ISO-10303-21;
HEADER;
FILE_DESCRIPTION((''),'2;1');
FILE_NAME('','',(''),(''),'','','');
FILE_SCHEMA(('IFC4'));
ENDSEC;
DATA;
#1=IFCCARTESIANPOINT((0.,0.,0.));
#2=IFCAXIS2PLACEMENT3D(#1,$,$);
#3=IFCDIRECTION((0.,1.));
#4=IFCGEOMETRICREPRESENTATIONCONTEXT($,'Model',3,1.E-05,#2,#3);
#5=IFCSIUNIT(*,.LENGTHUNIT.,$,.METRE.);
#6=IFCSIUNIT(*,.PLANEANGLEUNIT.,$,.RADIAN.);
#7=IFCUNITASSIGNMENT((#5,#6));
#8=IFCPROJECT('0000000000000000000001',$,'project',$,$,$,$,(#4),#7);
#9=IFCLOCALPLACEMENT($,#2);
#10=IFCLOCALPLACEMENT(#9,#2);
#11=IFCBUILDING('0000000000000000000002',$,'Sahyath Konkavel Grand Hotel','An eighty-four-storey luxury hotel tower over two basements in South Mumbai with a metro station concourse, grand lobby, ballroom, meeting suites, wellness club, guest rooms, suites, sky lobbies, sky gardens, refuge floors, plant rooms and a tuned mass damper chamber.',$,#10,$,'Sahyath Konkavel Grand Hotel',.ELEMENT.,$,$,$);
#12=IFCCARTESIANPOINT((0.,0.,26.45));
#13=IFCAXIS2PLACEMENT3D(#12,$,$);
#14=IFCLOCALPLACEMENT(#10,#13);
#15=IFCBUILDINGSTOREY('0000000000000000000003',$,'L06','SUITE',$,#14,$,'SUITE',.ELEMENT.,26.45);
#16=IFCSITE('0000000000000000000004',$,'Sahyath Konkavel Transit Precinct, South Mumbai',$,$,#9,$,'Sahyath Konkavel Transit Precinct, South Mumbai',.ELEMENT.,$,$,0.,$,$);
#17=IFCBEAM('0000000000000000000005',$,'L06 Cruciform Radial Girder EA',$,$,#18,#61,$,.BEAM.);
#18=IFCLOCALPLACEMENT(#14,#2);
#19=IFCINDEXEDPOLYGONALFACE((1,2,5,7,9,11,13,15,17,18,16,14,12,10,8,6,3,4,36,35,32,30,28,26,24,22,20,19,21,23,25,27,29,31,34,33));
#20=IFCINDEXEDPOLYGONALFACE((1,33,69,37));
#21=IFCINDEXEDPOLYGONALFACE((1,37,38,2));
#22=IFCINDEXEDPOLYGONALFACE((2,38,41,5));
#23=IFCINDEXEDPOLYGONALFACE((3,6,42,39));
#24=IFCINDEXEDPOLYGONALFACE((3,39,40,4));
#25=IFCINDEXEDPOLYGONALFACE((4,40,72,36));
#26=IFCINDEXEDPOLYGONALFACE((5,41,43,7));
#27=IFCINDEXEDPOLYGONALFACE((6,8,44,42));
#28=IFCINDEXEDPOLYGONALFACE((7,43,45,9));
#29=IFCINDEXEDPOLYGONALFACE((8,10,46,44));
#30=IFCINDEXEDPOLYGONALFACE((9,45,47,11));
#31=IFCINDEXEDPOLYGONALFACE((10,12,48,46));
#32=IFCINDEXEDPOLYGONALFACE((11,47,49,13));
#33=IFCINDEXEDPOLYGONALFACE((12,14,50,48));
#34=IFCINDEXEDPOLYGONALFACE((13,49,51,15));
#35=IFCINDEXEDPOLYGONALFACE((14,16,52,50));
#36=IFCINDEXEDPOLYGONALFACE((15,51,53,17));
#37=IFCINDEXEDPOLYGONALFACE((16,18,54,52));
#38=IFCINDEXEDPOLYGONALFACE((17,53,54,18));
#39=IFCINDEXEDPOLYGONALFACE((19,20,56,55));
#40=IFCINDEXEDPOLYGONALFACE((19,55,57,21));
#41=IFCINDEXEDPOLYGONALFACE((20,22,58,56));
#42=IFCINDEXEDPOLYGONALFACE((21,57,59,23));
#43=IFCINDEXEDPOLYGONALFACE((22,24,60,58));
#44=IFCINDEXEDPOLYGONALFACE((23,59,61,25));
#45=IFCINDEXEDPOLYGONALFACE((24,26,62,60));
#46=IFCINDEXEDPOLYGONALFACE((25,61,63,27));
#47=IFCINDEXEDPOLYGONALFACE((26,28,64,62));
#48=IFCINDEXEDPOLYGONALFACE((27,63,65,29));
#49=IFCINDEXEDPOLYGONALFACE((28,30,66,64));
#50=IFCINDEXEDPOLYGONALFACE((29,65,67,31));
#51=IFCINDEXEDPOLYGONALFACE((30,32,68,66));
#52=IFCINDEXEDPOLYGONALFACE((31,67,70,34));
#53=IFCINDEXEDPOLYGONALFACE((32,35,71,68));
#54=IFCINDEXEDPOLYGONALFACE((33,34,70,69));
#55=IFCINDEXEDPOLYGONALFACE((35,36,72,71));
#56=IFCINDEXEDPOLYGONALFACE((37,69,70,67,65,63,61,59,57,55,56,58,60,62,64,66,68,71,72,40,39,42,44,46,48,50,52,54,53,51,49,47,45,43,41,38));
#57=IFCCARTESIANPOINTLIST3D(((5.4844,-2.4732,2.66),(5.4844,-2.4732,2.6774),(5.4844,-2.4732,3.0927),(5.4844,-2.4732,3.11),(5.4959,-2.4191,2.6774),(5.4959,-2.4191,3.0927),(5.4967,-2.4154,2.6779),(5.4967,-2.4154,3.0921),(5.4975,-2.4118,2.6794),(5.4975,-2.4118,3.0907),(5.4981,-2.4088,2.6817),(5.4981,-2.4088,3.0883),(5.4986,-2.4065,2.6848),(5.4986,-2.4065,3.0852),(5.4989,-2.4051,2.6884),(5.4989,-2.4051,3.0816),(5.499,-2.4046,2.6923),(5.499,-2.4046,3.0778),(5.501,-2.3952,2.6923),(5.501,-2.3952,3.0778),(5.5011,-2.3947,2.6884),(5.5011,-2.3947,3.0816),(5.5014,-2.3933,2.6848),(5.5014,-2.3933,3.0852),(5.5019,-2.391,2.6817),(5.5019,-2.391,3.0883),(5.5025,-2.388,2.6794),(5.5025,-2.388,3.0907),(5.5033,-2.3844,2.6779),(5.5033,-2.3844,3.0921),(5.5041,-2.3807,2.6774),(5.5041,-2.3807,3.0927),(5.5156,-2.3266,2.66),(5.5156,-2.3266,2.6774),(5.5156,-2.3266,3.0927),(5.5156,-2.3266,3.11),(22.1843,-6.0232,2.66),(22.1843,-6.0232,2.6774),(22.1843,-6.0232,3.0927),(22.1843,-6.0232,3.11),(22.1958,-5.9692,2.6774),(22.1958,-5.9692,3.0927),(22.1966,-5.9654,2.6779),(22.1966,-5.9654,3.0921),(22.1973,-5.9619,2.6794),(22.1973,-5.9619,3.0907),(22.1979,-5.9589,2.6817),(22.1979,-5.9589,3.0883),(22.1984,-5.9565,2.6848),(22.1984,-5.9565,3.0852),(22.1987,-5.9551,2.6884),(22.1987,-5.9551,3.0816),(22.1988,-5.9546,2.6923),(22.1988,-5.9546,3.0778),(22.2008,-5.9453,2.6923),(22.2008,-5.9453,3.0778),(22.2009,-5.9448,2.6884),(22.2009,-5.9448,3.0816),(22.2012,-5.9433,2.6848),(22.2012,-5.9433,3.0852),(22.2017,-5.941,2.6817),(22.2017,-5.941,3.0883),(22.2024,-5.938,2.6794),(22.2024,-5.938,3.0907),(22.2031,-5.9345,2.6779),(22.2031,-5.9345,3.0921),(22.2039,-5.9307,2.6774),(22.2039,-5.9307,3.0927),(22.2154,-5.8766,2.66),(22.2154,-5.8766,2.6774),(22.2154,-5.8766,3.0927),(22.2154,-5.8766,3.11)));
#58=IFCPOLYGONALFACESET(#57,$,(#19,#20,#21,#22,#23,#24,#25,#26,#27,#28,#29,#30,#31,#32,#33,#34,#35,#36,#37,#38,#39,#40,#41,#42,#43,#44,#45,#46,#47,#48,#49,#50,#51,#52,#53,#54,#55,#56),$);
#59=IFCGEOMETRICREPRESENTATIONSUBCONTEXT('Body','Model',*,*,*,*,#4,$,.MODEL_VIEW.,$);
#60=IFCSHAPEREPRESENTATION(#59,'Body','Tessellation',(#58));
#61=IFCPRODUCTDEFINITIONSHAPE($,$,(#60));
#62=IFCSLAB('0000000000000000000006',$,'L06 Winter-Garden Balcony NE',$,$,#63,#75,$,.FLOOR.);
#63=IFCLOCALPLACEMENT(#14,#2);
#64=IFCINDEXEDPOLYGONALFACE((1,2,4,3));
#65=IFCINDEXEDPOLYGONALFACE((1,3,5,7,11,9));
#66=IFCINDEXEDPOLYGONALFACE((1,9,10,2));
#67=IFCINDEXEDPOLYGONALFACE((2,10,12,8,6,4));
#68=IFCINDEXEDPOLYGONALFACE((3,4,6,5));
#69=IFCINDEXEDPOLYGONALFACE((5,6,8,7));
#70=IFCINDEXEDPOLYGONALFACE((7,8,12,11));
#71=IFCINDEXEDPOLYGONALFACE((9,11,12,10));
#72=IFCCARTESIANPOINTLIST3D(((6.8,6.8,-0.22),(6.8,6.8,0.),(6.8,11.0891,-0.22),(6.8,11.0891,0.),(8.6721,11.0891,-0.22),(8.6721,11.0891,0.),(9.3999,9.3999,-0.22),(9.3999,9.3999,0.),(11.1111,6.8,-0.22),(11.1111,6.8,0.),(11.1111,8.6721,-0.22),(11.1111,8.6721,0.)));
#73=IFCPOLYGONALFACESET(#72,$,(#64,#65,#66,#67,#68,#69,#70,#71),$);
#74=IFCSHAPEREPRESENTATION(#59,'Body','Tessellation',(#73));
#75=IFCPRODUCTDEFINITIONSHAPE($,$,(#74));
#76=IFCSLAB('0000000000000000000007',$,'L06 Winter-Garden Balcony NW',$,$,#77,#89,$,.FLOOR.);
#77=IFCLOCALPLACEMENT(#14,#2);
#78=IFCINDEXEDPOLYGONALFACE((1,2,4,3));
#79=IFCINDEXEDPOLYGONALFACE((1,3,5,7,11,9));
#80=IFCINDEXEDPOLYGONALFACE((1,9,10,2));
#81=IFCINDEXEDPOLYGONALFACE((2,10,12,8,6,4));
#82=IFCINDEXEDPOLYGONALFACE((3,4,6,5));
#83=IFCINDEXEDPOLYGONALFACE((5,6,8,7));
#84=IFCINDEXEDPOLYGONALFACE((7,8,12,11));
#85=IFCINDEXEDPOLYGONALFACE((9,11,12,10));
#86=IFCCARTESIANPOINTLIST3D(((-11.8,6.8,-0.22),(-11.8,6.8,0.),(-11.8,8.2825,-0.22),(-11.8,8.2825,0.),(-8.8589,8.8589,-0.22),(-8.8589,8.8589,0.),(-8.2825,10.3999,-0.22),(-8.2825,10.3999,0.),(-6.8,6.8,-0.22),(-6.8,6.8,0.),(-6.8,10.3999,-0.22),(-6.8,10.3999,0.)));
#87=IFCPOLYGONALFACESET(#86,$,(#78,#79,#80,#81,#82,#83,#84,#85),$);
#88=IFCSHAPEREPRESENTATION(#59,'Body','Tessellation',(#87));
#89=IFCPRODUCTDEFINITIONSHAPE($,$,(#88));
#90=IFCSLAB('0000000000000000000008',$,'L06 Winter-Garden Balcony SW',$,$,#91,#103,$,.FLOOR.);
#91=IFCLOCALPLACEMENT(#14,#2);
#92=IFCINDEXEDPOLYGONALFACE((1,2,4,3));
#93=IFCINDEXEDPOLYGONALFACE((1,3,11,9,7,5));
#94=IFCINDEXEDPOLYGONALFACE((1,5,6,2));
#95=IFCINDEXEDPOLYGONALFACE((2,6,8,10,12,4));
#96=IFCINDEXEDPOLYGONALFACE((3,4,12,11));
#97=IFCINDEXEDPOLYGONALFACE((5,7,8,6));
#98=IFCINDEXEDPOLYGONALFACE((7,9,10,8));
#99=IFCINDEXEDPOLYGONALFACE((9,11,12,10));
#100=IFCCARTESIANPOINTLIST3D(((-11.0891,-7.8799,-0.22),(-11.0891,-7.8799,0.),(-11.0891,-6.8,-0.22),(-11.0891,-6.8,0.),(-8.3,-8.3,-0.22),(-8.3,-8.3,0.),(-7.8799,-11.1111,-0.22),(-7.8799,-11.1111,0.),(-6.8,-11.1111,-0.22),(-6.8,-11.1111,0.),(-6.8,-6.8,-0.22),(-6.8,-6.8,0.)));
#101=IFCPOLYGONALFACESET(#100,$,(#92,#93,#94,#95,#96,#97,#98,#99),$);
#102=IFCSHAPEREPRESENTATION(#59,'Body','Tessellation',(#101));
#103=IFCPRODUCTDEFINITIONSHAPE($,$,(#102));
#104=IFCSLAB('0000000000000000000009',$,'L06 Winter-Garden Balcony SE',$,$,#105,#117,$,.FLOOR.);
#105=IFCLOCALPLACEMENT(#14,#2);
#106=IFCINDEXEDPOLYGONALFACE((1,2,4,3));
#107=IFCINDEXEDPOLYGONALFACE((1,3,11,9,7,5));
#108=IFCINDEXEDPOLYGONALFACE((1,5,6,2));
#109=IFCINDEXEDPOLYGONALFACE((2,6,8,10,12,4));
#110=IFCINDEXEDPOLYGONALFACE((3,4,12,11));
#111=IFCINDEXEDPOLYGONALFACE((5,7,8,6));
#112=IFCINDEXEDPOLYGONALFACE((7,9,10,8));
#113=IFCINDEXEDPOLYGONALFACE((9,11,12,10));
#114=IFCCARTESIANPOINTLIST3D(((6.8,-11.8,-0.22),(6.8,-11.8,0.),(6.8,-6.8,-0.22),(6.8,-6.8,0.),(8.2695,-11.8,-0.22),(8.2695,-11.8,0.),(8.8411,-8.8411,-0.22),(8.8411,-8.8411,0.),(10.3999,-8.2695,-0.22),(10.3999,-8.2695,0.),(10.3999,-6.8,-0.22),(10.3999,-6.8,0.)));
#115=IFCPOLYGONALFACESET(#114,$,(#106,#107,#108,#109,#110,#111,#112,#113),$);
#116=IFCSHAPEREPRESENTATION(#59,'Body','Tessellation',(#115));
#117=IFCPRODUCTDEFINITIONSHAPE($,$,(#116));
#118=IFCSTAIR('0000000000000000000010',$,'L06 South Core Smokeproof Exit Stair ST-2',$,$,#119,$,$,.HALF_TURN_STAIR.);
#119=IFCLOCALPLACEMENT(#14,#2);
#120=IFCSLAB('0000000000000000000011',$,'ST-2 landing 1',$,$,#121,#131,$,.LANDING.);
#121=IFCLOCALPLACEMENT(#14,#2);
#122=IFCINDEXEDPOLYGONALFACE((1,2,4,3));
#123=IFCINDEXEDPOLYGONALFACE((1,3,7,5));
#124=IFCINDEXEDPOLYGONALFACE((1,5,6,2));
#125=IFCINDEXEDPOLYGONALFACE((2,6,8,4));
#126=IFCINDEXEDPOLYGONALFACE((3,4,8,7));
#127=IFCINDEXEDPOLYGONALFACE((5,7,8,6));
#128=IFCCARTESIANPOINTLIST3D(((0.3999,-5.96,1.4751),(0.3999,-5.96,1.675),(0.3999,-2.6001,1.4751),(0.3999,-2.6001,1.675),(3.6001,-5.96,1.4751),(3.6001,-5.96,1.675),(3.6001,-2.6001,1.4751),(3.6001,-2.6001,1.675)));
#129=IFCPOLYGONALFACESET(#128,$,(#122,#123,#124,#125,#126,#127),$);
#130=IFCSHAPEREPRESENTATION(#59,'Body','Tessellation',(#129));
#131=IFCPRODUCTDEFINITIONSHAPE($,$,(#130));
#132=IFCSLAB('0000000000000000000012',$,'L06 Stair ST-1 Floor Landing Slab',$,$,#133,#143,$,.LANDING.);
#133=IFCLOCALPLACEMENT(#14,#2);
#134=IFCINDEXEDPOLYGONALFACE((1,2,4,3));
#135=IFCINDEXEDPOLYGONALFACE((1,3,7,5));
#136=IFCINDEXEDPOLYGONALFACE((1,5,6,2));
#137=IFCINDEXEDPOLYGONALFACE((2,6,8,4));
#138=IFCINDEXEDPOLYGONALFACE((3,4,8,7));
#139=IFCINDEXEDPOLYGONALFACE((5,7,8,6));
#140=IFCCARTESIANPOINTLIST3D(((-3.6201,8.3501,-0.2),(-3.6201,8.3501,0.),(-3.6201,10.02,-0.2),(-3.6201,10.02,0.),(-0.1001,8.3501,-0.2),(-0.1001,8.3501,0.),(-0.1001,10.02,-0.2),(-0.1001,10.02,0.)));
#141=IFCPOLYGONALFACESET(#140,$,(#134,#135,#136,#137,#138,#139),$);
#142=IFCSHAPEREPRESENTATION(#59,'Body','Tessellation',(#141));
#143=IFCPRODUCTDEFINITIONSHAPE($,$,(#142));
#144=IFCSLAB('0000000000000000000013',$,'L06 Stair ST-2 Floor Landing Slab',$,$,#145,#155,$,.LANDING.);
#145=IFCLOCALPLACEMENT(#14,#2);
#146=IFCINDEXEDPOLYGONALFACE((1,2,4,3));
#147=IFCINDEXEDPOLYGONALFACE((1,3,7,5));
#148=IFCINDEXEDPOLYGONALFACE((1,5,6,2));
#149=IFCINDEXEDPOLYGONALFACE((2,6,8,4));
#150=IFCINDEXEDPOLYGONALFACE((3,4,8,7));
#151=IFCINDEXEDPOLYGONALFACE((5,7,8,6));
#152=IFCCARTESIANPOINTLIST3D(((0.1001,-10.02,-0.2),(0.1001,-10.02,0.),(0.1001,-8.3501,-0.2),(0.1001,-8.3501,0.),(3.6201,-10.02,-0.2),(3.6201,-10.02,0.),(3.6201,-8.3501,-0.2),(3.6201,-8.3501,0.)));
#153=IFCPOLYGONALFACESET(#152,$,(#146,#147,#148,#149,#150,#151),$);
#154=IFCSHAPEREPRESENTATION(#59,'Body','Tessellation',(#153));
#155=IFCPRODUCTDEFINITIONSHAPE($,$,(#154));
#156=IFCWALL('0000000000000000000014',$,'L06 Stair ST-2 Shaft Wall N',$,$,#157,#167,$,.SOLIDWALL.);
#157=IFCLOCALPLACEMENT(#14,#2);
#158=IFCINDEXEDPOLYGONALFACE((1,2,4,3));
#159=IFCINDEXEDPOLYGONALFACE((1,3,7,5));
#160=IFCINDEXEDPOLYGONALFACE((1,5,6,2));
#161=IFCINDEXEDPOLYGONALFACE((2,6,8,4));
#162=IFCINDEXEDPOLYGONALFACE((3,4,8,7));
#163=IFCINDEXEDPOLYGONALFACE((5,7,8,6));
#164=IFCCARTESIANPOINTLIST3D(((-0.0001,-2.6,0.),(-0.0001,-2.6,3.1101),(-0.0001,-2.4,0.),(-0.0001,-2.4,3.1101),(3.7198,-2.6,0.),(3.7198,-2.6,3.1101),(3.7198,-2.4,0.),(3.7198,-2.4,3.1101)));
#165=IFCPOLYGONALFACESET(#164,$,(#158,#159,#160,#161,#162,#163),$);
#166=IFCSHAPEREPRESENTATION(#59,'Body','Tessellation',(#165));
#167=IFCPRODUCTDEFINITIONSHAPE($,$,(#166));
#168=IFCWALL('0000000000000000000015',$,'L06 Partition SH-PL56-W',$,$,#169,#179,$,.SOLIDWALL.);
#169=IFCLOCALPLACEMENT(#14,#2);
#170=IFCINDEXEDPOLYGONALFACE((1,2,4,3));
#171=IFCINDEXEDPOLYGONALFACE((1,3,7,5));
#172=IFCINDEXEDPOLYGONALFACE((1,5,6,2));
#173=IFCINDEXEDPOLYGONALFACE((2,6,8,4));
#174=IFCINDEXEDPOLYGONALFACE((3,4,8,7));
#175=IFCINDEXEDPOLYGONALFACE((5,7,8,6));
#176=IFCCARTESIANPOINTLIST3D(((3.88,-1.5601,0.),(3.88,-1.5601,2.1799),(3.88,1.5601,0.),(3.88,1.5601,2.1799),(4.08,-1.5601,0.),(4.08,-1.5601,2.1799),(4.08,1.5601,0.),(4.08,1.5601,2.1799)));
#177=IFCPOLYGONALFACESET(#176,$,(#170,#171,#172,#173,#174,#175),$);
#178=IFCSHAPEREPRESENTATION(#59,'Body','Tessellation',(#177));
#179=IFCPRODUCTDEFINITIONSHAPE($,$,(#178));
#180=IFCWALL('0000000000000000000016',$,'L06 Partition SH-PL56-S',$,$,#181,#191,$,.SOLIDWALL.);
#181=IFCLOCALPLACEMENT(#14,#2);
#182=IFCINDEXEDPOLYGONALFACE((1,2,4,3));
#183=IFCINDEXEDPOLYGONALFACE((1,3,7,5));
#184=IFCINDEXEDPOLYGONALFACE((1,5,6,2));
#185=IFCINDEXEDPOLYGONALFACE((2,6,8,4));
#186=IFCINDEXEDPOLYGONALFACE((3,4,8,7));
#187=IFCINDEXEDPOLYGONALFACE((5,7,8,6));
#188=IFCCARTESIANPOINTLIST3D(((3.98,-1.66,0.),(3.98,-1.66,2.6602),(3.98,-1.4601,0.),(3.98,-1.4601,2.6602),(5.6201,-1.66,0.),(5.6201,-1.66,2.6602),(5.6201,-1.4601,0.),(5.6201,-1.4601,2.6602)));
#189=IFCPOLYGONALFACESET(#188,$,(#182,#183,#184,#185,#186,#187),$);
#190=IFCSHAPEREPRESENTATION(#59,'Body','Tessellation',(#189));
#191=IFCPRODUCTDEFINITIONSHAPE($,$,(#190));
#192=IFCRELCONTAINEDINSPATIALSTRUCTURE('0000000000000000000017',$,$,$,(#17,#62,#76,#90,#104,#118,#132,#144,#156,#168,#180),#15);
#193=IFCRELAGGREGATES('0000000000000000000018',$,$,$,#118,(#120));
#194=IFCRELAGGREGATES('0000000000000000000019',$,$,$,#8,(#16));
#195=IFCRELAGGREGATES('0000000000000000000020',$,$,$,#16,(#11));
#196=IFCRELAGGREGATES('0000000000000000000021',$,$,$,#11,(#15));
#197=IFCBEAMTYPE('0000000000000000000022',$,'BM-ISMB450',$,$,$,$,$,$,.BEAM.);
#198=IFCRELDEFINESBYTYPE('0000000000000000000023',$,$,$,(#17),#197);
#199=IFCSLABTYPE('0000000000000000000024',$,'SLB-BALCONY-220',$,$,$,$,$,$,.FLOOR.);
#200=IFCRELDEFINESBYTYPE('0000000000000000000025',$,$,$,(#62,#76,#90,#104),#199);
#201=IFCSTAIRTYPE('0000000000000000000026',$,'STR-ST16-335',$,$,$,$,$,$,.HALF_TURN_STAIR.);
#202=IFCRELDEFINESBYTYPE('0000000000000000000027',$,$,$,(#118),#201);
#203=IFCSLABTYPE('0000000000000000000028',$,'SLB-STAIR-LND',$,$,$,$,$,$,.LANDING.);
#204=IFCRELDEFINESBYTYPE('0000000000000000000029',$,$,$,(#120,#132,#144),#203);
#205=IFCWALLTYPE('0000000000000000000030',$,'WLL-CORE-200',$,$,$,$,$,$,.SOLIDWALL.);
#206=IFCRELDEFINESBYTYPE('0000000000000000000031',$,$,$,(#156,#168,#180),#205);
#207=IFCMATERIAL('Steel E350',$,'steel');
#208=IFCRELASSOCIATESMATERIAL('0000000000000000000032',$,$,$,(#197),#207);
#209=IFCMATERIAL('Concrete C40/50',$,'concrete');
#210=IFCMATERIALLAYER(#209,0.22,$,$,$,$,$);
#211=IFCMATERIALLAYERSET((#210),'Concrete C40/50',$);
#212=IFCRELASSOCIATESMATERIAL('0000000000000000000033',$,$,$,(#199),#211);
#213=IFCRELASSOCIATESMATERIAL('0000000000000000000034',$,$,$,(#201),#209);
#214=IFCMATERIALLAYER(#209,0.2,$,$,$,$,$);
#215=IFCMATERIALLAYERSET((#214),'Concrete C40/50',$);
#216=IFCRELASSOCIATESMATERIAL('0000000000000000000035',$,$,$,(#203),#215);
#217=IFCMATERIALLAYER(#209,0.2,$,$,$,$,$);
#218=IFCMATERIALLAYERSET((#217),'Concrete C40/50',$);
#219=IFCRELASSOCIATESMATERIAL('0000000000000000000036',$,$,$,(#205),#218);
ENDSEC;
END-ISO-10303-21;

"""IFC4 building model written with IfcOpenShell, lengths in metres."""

from ifc_helpers import new_model, si_unit, direction, frame, frame_2d, origin, origin_2d, place, context, subcontext, project, spatial, polyline, rectangle, i_section, outline, extrude, source, transform, mapped, material, layer, layer_set, material_profile, profile_set, type_object, element, aggregate, save


model = new_model("IFC4")

# Units and contexts
model_context = context("Model", 3, precision=1e-05, world=origin(), true_north=direction((0.0, 1.0)))
body_context = subcontext(model_context, "Body", "Model", "MODEL_VIEW")
ifc_project = project(units=[si_unit("LENGTHUNIT", "METRE"), si_unit("PLANEANGLEUNIT", "RADIAN")], contexts=[model_context])

# Site, building, storey
site_placement = place(None, origin())
site = spatial("IfcSite", under=ifc_project, at=site_placement, Name="Sahyath Konkavel Transit Precinct, South Mumbai", LongName="Sahyath Konkavel Transit Precinct, South Mumbai", CompositionType="ELEMENT", RefElevation=0.0)
building_placement = place(site_placement, origin())
building = spatial("IfcBuilding", under=site, at=building_placement, Name="Sahyath Konkavel Grand Hotel", Description="An eighty-four-storey luxury hotel tower over two basements in South Mumbai with a metro station concourse, grand lobby, ballroom, meeting suites, wellness club, guest rooms, suites, sky lobbies, sky gardens, refuge floors, plant rooms and a tuned mass damper chamber.", LongName="Sahyath Konkavel Grand Hotel", CompositionType="ELEMENT")
storey_placement = place(building_placement, frame((0.0, 0.0, 26.45)))
storey = spatial("IfcBuildingStorey", under=building, at=storey_placement, Name="L06", Description="SUITE", LongName="SUITE", CompositionType="ELEMENT", Elevation=26.45)

# Beam
ifc_material_1 = material(Name="Steel E350", Category="steel")
ifc_material_profile_1 = material_profile(ifc_material_1, i_section(OverallWidth=0.1499, OverallDepth=0.45, WebThickness=0.0095, FlangeThickness=0.0173, FilletRadius=0.0149, at=origin_2d()), Name="ISMB 450")
ifc_profile_set_1 = profile_set([ifc_material_profile_1], Name="Steel E350")
beam_type_1 = type_object("IfcBeamType", Name="BM-ISMB450", PredefinedType="BEAM", material=ifc_profile_set_1)
shared_shape_1 = source(origin(), body_context, "Body", "SweptSolid", [
    extrude(i_section(OverallWidth=0.1499, OverallDepth=0.45, WebThickness=0.0095, FlangeThickness=0.0173, FilletRadius=0.0149, at=origin_2d()), origin(), (0.0, 0.0, 1.0), 17.073),
])
beam_1_placement = place(storey_placement, frame((5.5, -2.3999, 2.885), z_axis=(0.978143, -0.207932, 0.0), x_axis=(0.207932, 0.978143, 0.0)))
element("IfcBeam", 1, at=beam_1_placement, inside=storey, type_object=beam_type_1, Name="L06 Cruciform Radial Girder EA", PredefinedType="BEAM", context=body_context, shape_type="MappedRepresentation", body=[
    mapped(shared_shape_1, transform((0.0, 0.0, 0.0), scale=1.0)),
])

# Slabs
ifc_material_2 = material(Name="Concrete C40/50", Category="concrete")
ifc_layer_1 = layer(ifc_material_2, 0.22)
ifc_layer_set_1 = layer_set([ifc_layer_1], Name="Concrete C40/50")
slab_type_1 = type_object("IfcSlabType", Name="SLB-BALCONY-220", PredefinedType="FLOOR", material=ifc_layer_set_1)
slab_1_placement = place(storey_placement, frame((0.0, 0.0, -0.22)))
element("IfcSlab", 2, at=slab_1_placement, inside=storey, type_object=slab_type_1, Name="L06 Winter-Garden Balcony NE", PredefinedType="FLOOR", context=body_context, shape_type="SweptSolid", body=[
    extrude(outline(polyline([(6.8, 6.8), (11.1111, 6.8), (11.1111, 8.6721), (9.3999, 9.3999), (8.6721, 11.0891), (6.8, 11.0891), (6.8, 6.8)])), origin(), (0.0, 0.0, 1.0), 0.22),
])
slab_2_placement = place(storey_placement, frame((0.0, 0.0, -0.22)))
element("IfcSlab", 3, at=slab_2_placement, inside=storey, type_object=slab_type_1, Name="L06 Winter-Garden Balcony NW", PredefinedType="FLOOR", context=body_context, shape_type="SweptSolid", body=[
    extrude(outline(polyline([(-6.8, 6.8), (-6.8, 10.3999), (-8.2825, 10.3999), (-8.8589, 8.8589), (-11.8, 8.2825), (-11.8, 6.8), (-6.8, 6.8)])), origin(), (0.0, 0.0, 1.0), 0.22),
])
slab_3_placement = place(storey_placement, frame((0.0, 0.0, -0.22)))
element("IfcSlab", 4, at=slab_3_placement, inside=storey, type_object=slab_type_1, Name="L06 Winter-Garden Balcony SW", PredefinedType="FLOOR", context=body_context, shape_type="SweptSolid", body=[
    extrude(outline(polyline([(-6.8, -6.8), (-11.0891, -6.8), (-11.0891, -7.8799), (-8.3, -8.3), (-7.8799, -11.1111), (-6.8, -11.1111), (-6.8, -6.8)])), origin(), (0.0, 0.0, 1.0), 0.22),
])
slab_4_placement = place(storey_placement, frame((0.0, 0.0, -0.22)))
element("IfcSlab", 5, at=slab_4_placement, inside=storey, type_object=slab_type_1, Name="L06 Winter-Garden Balcony SE", PredefinedType="FLOOR", context=body_context, shape_type="SweptSolid", body=[
    extrude(outline(polyline([(6.8, -6.8), (6.8, -11.8), (8.2695, -11.8), (8.8411, -8.8411), (10.3999, -8.2695), (10.3999, -6.8), (6.8, -6.8)])), origin(), (0.0, 0.0, 1.0), 0.22),
])

# Stair, slab
stair_type = type_object("IfcStairType", Name="STR-ST16-335", PredefinedType="HALF_TURN_STAIR", material=ifc_material_2)
stair_placement = place(storey_placement, origin())
stair = element("IfcStair", 6, at=stair_placement, inside=storey, type_object=stair_type, Name="L06 South Core Smokeproof Exit Stair ST-2", PredefinedType="HALF_TURN_STAIR")
ifc_layer_2 = layer(ifc_material_2, 0.2)
ifc_layer_set_2 = layer_set([ifc_layer_2], Name="Concrete C40/50")
slab_type_2 = type_object("IfcSlabType", Name="SLB-STAIR-LND", PredefinedType="LANDING", material=ifc_layer_set_2)
slab_5_placement = place(storey_placement, frame((0.0, 0.0, 1.4751)))
slab_5 = element("IfcSlab", 7, at=slab_5_placement, type_object=slab_type_2, Name="ST-2 landing 1", PredefinedType="LANDING", context=body_context, shape_type="SweptSolid", body=[
    extrude(outline(polyline([(3.6001, -5.96), (3.6001, -2.6001), (0.3999, -2.6001), (0.3999, -5.96), (3.6001, -5.96)])), origin(), (0.0, 0.0, 1.0), 0.2),
])

# Slabs
slab_6_placement = place(storey_placement, frame((0.0, 0.0, -0.2)))
element("IfcSlab", 8, at=slab_6_placement, inside=storey, type_object=slab_type_2, Name="L06 Stair ST-1 Floor Landing Slab", PredefinedType="LANDING", context=body_context, shape_type="SweptSolid", body=[
    extrude(outline(polyline([(-3.6201, 8.3501), (-0.1001, 8.3501), (-0.1001, 10.02), (-3.6201, 10.02), (-3.6201, 8.3501)])), origin(), (0.0, 0.0, 1.0), 0.2),
])
slab_7_placement = place(storey_placement, frame((0.0, 0.0, -0.2)))
element("IfcSlab", 9, at=slab_7_placement, inside=storey, type_object=slab_type_2, Name="L06 Stair ST-2 Floor Landing Slab", PredefinedType="LANDING", context=body_context, shape_type="SweptSolid", body=[
    extrude(outline(polyline([(0.1001, -10.02), (3.6201, -10.02), (3.6201, -8.3501), (0.1001, -8.3501), (0.1001, -10.02)])), origin(), (0.0, 0.0, 1.0), 0.2),
])

# Walls
ifc_layer_3 = layer(ifc_material_2, 0.2)
ifc_layer_set_3 = layer_set([ifc_layer_3], Name="Concrete C40/50")
wall_type_1 = type_object("IfcWallType", Name="WLL-CORE-200", PredefinedType="SOLIDWALL", material=ifc_layer_set_3)
wall_1_placement = place(storey_placement, frame((0.0, -2.5, 0.0), z_axis=(0.0, 0.0, 1.0), x_axis=(1.0, 0.0, 0.0)))
element("IfcWall", 10, at=wall_1_placement, inside=storey, type_object=wall_type_1, Name="L06 Stair ST-2 Shaft Wall N", PredefinedType="SOLIDWALL", context=body_context, shape_type="SweptSolid", body=[
    extrude(rectangle(XDim=3.72, YDim=0.2, at=frame_2d((1.8599, 0.0))), origin(), (0.0, 0.0, 1.0), 3.1101),
])
wall_2_placement = place(storey_placement, frame((3.98, -1.5601, 0.0), z_axis=(0.0, 0.0, 1.0), x_axis=(0.0, 1.0, 0.0)))
element("IfcWall", 11, at=wall_2_placement, inside=storey, type_object=wall_type_1, Name="L06 Partition SH-PL56-W", PredefinedType="SOLIDWALL", context=body_context, shape_type="SweptSolid", body=[
    extrude(rectangle(XDim=3.1201, YDim=0.2, at=frame_2d((1.5601, 0.0))), origin(), (0.0, 0.0, 1.0), 2.1799),
])
for number, where, z_axis, x_axis, name in (
    (12, (3.98, -1.5601, 0.0), (0.0, 0.0, 1.0), (1.0, 0.0, 0.0), "L06 Partition SH-PL56-S"),
):
    element("IfcWall", number, at=place(storey_placement, frame(where, z_axis=z_axis, x_axis=x_axis)), inside=storey, type_object=wall_type_1, Name=name, PredefinedType="SOLIDWALL", context=body_context, shape_type="SweptSolid", body=[
        extrude(rectangle(XDim=1.6401, YDim=0.2, at=frame_2d((0.8201, 0.0))), origin(), (0.0, 0.0, 1.0), 2.6602),
    ])

aggregate(stair, [slab_5])

save(model, "model.ifc")
